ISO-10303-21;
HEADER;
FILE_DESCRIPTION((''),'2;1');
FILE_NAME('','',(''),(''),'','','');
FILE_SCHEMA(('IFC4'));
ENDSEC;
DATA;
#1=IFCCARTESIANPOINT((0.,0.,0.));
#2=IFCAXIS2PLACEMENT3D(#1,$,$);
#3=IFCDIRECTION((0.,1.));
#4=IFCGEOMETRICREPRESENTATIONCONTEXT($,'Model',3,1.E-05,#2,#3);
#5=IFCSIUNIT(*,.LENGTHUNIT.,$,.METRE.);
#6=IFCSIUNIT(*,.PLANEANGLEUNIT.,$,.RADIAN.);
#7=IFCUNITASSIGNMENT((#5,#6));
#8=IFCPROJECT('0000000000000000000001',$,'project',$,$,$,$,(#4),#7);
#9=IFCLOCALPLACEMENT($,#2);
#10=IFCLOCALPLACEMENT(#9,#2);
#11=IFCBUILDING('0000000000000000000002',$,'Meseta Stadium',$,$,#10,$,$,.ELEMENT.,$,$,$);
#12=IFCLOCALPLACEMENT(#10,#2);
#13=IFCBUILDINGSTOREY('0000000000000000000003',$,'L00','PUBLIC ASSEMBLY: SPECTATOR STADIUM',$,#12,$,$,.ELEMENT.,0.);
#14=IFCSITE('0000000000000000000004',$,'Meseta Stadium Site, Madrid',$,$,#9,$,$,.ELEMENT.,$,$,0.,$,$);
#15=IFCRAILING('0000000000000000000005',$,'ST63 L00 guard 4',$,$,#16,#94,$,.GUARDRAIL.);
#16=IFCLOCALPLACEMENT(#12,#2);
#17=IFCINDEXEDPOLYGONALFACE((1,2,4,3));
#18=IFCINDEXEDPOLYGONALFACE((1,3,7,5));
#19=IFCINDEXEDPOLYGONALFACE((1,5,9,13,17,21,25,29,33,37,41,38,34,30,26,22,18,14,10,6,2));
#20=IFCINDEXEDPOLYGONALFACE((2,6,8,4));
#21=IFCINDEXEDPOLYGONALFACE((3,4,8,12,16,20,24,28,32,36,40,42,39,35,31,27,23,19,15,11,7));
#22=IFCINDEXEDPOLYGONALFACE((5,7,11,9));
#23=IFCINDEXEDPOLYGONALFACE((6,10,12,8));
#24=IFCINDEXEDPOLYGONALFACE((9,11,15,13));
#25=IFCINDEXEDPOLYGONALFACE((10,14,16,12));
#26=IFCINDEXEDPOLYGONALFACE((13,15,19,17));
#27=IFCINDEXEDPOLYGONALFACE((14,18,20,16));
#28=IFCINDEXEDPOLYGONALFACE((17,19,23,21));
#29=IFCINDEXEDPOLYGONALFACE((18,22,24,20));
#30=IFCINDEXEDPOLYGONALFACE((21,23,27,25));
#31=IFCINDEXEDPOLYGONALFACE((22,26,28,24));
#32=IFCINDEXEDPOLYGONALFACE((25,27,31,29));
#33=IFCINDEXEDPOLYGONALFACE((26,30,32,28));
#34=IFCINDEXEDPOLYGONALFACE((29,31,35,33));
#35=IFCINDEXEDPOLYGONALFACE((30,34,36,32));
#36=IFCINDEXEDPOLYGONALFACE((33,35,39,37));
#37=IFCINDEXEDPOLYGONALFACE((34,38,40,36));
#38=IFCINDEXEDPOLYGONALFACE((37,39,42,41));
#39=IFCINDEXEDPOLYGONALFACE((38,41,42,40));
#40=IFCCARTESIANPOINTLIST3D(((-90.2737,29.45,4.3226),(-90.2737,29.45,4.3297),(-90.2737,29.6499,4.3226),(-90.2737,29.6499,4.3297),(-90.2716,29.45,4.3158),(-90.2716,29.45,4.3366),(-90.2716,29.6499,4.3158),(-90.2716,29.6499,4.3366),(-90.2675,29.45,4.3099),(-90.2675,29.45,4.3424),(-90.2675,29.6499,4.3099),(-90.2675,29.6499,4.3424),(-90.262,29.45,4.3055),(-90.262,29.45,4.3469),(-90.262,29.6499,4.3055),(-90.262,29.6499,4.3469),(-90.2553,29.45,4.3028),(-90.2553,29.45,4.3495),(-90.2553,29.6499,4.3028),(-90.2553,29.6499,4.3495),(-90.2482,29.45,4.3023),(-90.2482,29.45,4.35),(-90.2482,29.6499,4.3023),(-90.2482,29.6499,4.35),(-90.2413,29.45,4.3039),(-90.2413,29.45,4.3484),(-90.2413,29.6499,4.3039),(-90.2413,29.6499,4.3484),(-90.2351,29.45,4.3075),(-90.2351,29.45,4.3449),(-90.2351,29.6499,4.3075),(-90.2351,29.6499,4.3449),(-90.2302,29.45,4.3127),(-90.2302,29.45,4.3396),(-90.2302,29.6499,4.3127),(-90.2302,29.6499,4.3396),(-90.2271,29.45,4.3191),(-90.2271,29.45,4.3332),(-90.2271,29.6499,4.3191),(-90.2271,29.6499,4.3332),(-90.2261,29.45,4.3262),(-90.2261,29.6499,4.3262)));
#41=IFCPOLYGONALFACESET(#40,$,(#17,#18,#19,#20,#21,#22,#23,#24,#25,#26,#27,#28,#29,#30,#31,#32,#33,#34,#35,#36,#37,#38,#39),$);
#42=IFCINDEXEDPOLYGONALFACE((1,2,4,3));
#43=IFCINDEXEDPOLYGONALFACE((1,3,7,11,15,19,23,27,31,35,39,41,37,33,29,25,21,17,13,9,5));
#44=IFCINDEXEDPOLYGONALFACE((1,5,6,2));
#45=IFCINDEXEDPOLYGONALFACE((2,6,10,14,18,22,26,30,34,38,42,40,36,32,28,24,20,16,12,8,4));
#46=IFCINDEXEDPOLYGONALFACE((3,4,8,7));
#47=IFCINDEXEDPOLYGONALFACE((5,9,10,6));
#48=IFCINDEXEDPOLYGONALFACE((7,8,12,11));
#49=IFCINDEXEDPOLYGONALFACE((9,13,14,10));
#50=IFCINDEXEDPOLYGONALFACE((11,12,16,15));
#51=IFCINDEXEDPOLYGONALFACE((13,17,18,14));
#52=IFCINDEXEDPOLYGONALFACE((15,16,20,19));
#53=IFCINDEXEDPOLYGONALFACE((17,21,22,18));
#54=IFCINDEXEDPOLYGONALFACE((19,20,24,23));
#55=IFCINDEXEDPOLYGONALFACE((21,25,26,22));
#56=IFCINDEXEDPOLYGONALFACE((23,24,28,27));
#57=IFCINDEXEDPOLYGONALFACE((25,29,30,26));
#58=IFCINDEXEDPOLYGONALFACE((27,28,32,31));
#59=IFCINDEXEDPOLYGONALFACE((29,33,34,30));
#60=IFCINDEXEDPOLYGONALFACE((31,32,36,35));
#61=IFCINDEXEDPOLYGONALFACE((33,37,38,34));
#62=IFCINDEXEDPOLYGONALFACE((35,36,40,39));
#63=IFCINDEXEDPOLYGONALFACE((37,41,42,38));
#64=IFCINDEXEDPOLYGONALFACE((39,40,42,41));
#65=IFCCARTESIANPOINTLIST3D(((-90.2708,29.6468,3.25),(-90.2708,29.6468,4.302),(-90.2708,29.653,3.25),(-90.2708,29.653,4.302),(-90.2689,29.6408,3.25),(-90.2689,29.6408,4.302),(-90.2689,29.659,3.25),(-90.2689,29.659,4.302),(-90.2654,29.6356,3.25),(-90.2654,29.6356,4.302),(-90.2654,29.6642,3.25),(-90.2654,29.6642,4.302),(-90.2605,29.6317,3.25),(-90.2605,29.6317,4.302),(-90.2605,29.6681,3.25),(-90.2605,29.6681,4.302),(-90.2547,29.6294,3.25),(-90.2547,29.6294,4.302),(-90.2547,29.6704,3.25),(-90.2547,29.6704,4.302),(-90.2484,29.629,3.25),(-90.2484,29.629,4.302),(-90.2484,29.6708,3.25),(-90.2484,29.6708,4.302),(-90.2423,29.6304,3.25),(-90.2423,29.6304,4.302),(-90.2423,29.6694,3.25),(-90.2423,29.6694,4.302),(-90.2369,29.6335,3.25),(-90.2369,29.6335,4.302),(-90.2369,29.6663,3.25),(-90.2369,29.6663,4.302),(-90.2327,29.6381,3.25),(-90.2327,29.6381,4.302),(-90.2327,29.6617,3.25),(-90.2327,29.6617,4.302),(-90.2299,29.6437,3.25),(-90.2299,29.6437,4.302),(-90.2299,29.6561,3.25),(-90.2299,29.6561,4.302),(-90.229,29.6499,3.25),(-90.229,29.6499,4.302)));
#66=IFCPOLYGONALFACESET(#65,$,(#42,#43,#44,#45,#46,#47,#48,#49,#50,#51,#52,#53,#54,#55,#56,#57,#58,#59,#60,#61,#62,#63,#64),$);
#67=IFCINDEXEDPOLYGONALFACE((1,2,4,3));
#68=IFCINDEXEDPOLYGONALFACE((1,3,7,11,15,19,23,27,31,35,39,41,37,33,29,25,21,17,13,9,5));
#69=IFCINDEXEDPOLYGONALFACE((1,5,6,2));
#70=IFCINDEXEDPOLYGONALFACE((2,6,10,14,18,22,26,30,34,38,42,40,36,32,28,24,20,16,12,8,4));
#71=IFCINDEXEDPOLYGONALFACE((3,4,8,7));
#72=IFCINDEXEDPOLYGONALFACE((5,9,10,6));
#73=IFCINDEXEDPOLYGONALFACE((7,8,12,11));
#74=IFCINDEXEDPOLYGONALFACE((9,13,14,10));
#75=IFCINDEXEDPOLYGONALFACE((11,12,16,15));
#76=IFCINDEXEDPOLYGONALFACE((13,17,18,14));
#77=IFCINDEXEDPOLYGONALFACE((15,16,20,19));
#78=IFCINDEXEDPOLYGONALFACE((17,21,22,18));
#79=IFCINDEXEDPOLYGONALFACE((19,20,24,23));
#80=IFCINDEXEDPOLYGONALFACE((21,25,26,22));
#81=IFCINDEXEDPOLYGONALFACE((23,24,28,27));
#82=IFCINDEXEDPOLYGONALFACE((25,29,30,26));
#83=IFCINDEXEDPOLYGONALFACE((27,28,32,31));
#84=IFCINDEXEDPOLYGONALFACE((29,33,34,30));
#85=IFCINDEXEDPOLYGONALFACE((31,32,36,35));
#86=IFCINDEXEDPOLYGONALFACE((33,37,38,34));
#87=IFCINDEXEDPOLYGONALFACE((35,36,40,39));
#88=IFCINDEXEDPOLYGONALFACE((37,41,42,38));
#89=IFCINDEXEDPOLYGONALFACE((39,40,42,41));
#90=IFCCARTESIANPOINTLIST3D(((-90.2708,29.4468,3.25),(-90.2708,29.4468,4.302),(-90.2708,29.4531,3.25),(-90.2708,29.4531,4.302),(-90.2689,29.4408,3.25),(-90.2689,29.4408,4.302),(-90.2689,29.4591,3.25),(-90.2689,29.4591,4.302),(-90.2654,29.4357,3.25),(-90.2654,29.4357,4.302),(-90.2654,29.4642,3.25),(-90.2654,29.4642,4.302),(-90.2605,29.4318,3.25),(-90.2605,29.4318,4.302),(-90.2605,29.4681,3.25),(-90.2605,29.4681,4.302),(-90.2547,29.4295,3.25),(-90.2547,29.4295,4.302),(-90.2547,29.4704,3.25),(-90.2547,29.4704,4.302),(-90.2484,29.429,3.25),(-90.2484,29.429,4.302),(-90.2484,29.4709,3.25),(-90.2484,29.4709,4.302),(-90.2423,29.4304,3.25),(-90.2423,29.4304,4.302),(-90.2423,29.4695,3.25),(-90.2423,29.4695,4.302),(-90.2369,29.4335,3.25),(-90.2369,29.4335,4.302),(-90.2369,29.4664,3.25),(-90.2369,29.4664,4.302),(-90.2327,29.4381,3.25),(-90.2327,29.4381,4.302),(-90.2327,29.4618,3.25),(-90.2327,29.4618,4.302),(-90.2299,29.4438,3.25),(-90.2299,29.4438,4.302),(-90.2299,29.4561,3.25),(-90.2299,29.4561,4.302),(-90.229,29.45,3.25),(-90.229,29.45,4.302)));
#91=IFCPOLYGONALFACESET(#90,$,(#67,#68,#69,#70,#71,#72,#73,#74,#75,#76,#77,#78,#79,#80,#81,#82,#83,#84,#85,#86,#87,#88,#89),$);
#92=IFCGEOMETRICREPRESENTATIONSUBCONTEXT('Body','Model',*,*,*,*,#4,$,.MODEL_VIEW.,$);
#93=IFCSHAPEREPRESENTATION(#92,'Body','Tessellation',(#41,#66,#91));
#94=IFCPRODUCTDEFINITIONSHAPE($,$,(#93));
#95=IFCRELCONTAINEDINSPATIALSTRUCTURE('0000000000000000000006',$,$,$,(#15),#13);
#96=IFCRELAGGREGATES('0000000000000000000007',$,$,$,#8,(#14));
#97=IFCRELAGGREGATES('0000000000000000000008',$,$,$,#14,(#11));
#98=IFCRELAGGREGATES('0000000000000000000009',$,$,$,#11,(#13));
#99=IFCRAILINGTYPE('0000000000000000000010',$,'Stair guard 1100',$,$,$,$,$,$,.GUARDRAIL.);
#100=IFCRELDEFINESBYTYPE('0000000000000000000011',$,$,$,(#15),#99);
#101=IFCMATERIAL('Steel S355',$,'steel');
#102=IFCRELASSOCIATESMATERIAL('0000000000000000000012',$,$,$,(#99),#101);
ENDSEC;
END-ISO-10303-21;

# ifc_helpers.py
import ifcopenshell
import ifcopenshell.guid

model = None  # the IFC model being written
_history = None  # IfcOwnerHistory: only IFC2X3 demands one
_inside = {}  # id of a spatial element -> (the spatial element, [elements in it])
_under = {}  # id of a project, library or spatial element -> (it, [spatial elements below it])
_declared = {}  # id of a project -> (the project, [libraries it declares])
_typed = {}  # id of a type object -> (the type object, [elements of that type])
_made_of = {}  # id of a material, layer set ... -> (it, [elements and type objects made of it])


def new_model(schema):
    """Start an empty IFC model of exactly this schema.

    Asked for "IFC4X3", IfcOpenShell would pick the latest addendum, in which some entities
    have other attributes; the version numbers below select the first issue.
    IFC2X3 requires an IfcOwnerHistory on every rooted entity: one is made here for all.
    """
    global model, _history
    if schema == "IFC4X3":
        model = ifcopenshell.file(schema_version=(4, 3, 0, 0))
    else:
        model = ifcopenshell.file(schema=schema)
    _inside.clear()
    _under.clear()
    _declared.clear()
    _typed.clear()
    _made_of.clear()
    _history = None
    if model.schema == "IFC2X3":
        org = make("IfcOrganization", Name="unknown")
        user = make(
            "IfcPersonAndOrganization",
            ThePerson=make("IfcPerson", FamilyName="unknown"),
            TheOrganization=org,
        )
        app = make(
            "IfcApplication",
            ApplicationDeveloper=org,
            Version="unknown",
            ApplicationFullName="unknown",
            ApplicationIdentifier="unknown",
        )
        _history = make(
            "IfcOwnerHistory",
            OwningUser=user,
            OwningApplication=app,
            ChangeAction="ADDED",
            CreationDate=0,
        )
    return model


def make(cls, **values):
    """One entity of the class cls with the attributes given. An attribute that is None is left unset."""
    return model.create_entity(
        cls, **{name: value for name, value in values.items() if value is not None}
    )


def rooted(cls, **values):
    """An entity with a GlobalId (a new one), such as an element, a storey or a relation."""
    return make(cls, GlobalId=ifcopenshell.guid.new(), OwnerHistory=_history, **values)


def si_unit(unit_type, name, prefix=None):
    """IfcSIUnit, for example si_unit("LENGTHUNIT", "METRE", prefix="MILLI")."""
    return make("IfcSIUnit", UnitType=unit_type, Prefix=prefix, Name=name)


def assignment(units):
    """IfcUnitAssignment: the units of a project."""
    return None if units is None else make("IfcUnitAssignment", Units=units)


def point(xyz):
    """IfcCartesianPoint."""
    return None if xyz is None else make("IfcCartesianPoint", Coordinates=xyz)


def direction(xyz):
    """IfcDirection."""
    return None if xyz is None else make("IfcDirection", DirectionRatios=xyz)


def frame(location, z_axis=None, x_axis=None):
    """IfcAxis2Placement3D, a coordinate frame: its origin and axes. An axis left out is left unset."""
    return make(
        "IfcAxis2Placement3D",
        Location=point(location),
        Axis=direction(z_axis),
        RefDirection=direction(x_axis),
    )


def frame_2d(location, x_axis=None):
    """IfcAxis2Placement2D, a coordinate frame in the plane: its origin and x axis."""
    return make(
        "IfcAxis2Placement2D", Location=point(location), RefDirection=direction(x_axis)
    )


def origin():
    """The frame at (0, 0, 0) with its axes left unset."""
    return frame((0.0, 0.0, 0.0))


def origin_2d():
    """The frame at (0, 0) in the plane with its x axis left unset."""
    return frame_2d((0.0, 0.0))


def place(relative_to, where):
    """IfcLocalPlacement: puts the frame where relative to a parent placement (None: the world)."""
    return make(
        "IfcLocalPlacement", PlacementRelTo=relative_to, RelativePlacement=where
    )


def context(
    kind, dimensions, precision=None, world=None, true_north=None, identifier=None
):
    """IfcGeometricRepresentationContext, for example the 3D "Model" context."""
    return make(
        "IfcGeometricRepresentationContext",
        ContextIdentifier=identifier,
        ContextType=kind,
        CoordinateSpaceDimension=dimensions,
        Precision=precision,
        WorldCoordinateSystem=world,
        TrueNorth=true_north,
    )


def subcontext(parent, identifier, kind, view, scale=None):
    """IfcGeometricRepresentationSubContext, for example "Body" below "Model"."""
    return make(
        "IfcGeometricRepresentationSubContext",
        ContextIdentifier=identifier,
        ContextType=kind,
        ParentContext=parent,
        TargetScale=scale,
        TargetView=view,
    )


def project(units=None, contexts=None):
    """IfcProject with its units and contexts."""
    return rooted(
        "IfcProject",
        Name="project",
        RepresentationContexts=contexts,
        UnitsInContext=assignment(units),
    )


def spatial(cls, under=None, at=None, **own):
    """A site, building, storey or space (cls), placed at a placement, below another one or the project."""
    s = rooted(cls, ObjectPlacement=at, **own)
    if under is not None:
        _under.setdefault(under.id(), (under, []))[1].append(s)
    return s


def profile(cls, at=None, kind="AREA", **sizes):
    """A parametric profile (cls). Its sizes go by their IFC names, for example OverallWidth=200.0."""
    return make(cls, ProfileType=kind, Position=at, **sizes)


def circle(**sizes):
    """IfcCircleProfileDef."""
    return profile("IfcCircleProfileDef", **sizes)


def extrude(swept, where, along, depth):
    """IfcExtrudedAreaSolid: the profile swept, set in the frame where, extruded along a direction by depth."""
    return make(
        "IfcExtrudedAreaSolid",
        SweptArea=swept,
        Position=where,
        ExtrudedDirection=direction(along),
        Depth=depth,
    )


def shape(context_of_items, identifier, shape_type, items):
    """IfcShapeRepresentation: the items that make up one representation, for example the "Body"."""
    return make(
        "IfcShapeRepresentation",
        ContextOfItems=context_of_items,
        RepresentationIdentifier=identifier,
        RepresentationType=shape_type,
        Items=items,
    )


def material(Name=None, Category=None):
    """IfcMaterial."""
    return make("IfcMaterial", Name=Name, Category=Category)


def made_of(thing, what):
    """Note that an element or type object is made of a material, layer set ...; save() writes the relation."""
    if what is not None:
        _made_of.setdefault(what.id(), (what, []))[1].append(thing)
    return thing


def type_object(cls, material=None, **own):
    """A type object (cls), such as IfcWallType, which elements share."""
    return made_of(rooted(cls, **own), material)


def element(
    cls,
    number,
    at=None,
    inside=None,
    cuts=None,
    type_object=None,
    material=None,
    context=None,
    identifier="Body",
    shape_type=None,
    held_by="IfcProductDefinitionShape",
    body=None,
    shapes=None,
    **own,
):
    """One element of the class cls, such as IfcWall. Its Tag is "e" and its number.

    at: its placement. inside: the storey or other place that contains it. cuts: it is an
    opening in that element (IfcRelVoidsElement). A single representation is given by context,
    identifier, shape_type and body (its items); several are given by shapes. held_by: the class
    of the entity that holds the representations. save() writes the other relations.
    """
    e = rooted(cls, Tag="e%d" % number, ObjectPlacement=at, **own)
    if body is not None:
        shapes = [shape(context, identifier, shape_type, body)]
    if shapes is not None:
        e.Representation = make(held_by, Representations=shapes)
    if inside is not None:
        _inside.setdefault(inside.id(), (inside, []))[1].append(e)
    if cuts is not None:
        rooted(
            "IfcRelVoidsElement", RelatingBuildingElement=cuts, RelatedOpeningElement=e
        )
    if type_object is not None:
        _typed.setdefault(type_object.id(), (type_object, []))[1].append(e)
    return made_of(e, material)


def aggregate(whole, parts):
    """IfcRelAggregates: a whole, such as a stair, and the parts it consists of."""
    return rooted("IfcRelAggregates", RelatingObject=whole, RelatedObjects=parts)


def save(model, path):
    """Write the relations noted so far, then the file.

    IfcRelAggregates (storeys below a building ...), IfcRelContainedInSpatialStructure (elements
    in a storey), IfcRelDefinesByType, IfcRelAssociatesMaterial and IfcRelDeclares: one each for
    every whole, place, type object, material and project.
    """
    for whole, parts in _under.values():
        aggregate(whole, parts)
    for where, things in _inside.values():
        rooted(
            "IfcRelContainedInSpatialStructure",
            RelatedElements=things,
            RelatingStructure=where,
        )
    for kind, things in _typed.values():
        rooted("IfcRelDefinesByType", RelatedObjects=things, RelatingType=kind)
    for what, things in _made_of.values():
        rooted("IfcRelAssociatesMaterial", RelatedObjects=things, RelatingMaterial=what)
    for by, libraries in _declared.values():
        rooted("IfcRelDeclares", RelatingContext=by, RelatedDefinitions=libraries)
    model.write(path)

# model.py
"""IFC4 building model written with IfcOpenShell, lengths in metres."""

from ifc_helpers import new_model, si_unit, direction, frame, origin, origin_2d, place, context, subcontext, project, spatial, circle, extrude, material, type_object, element, save


model = new_model("IFC4")

# Units and contexts
model_context = context("Model", 3, precision=1e-05, world=origin(), true_north=direction((0.0, 1.0)))
body_context = subcontext(model_context, "Body", "Model", "MODEL_VIEW")
ifc_project = project(units=[si_unit("LENGTHUNIT", "METRE"), si_unit("PLANEANGLEUNIT", "RADIAN")], contexts=[model_context])

# Site, building, storey
site_placement = place(None, origin())
site = spatial("IfcSite", under=ifc_project, at=site_placement, Name="Meseta Stadium Site, Madrid", CompositionType="ELEMENT", RefElevation=0.0)
building_placement = place(site_placement, origin())
building = spatial("IfcBuilding", under=site, at=building_placement, Name="Meseta Stadium", CompositionType="ELEMENT")
storey_placement = place(building_placement, origin())
storey = spatial("IfcBuildingStorey", under=building, at=storey_placement, Name="L00", Description="PUBLIC ASSEMBLY: SPECTATOR STADIUM", CompositionType="ELEMENT", Elevation=0.0)

# Railing
ifc_material_1 = material(Name="Steel S355", Category="steel")
railing_type_1 = type_object("IfcRailingType", Name="Stair guard 1100", PredefinedType="GUARDRAIL", material=ifc_material_1)
railing_1_placement = place(storey_placement, frame((-90.25, 29.6499, 3.25)))
element("IfcRailing", 1, at=railing_1_placement, inside=storey, type_object=railing_type_1, Name="ST63 L00 guard 4", PredefinedType="GUARDRAIL", context=body_context, shape_type="SweptSolid", body=[
    extrude(circle(Radius=0.0239, at=origin_2d()), frame((0.0, 0.0, 1.0762), z_axis=(0.0, -1.0, 0.0), x_axis=(1.0, 0.0, 0.0)), (0.0, 0.0, 1.0), 0.2),
    extrude(circle(Radius=0.021, at=origin_2d()), origin(), (0.0, 0.0, 1.0), 1.052),
    extrude(circle(Radius=0.021, at=origin_2d()), frame((0.0, -0.2, 0.0)), (0.0, 0.0, 1.0), 1.052),
])

save(model, "model.ifc")
